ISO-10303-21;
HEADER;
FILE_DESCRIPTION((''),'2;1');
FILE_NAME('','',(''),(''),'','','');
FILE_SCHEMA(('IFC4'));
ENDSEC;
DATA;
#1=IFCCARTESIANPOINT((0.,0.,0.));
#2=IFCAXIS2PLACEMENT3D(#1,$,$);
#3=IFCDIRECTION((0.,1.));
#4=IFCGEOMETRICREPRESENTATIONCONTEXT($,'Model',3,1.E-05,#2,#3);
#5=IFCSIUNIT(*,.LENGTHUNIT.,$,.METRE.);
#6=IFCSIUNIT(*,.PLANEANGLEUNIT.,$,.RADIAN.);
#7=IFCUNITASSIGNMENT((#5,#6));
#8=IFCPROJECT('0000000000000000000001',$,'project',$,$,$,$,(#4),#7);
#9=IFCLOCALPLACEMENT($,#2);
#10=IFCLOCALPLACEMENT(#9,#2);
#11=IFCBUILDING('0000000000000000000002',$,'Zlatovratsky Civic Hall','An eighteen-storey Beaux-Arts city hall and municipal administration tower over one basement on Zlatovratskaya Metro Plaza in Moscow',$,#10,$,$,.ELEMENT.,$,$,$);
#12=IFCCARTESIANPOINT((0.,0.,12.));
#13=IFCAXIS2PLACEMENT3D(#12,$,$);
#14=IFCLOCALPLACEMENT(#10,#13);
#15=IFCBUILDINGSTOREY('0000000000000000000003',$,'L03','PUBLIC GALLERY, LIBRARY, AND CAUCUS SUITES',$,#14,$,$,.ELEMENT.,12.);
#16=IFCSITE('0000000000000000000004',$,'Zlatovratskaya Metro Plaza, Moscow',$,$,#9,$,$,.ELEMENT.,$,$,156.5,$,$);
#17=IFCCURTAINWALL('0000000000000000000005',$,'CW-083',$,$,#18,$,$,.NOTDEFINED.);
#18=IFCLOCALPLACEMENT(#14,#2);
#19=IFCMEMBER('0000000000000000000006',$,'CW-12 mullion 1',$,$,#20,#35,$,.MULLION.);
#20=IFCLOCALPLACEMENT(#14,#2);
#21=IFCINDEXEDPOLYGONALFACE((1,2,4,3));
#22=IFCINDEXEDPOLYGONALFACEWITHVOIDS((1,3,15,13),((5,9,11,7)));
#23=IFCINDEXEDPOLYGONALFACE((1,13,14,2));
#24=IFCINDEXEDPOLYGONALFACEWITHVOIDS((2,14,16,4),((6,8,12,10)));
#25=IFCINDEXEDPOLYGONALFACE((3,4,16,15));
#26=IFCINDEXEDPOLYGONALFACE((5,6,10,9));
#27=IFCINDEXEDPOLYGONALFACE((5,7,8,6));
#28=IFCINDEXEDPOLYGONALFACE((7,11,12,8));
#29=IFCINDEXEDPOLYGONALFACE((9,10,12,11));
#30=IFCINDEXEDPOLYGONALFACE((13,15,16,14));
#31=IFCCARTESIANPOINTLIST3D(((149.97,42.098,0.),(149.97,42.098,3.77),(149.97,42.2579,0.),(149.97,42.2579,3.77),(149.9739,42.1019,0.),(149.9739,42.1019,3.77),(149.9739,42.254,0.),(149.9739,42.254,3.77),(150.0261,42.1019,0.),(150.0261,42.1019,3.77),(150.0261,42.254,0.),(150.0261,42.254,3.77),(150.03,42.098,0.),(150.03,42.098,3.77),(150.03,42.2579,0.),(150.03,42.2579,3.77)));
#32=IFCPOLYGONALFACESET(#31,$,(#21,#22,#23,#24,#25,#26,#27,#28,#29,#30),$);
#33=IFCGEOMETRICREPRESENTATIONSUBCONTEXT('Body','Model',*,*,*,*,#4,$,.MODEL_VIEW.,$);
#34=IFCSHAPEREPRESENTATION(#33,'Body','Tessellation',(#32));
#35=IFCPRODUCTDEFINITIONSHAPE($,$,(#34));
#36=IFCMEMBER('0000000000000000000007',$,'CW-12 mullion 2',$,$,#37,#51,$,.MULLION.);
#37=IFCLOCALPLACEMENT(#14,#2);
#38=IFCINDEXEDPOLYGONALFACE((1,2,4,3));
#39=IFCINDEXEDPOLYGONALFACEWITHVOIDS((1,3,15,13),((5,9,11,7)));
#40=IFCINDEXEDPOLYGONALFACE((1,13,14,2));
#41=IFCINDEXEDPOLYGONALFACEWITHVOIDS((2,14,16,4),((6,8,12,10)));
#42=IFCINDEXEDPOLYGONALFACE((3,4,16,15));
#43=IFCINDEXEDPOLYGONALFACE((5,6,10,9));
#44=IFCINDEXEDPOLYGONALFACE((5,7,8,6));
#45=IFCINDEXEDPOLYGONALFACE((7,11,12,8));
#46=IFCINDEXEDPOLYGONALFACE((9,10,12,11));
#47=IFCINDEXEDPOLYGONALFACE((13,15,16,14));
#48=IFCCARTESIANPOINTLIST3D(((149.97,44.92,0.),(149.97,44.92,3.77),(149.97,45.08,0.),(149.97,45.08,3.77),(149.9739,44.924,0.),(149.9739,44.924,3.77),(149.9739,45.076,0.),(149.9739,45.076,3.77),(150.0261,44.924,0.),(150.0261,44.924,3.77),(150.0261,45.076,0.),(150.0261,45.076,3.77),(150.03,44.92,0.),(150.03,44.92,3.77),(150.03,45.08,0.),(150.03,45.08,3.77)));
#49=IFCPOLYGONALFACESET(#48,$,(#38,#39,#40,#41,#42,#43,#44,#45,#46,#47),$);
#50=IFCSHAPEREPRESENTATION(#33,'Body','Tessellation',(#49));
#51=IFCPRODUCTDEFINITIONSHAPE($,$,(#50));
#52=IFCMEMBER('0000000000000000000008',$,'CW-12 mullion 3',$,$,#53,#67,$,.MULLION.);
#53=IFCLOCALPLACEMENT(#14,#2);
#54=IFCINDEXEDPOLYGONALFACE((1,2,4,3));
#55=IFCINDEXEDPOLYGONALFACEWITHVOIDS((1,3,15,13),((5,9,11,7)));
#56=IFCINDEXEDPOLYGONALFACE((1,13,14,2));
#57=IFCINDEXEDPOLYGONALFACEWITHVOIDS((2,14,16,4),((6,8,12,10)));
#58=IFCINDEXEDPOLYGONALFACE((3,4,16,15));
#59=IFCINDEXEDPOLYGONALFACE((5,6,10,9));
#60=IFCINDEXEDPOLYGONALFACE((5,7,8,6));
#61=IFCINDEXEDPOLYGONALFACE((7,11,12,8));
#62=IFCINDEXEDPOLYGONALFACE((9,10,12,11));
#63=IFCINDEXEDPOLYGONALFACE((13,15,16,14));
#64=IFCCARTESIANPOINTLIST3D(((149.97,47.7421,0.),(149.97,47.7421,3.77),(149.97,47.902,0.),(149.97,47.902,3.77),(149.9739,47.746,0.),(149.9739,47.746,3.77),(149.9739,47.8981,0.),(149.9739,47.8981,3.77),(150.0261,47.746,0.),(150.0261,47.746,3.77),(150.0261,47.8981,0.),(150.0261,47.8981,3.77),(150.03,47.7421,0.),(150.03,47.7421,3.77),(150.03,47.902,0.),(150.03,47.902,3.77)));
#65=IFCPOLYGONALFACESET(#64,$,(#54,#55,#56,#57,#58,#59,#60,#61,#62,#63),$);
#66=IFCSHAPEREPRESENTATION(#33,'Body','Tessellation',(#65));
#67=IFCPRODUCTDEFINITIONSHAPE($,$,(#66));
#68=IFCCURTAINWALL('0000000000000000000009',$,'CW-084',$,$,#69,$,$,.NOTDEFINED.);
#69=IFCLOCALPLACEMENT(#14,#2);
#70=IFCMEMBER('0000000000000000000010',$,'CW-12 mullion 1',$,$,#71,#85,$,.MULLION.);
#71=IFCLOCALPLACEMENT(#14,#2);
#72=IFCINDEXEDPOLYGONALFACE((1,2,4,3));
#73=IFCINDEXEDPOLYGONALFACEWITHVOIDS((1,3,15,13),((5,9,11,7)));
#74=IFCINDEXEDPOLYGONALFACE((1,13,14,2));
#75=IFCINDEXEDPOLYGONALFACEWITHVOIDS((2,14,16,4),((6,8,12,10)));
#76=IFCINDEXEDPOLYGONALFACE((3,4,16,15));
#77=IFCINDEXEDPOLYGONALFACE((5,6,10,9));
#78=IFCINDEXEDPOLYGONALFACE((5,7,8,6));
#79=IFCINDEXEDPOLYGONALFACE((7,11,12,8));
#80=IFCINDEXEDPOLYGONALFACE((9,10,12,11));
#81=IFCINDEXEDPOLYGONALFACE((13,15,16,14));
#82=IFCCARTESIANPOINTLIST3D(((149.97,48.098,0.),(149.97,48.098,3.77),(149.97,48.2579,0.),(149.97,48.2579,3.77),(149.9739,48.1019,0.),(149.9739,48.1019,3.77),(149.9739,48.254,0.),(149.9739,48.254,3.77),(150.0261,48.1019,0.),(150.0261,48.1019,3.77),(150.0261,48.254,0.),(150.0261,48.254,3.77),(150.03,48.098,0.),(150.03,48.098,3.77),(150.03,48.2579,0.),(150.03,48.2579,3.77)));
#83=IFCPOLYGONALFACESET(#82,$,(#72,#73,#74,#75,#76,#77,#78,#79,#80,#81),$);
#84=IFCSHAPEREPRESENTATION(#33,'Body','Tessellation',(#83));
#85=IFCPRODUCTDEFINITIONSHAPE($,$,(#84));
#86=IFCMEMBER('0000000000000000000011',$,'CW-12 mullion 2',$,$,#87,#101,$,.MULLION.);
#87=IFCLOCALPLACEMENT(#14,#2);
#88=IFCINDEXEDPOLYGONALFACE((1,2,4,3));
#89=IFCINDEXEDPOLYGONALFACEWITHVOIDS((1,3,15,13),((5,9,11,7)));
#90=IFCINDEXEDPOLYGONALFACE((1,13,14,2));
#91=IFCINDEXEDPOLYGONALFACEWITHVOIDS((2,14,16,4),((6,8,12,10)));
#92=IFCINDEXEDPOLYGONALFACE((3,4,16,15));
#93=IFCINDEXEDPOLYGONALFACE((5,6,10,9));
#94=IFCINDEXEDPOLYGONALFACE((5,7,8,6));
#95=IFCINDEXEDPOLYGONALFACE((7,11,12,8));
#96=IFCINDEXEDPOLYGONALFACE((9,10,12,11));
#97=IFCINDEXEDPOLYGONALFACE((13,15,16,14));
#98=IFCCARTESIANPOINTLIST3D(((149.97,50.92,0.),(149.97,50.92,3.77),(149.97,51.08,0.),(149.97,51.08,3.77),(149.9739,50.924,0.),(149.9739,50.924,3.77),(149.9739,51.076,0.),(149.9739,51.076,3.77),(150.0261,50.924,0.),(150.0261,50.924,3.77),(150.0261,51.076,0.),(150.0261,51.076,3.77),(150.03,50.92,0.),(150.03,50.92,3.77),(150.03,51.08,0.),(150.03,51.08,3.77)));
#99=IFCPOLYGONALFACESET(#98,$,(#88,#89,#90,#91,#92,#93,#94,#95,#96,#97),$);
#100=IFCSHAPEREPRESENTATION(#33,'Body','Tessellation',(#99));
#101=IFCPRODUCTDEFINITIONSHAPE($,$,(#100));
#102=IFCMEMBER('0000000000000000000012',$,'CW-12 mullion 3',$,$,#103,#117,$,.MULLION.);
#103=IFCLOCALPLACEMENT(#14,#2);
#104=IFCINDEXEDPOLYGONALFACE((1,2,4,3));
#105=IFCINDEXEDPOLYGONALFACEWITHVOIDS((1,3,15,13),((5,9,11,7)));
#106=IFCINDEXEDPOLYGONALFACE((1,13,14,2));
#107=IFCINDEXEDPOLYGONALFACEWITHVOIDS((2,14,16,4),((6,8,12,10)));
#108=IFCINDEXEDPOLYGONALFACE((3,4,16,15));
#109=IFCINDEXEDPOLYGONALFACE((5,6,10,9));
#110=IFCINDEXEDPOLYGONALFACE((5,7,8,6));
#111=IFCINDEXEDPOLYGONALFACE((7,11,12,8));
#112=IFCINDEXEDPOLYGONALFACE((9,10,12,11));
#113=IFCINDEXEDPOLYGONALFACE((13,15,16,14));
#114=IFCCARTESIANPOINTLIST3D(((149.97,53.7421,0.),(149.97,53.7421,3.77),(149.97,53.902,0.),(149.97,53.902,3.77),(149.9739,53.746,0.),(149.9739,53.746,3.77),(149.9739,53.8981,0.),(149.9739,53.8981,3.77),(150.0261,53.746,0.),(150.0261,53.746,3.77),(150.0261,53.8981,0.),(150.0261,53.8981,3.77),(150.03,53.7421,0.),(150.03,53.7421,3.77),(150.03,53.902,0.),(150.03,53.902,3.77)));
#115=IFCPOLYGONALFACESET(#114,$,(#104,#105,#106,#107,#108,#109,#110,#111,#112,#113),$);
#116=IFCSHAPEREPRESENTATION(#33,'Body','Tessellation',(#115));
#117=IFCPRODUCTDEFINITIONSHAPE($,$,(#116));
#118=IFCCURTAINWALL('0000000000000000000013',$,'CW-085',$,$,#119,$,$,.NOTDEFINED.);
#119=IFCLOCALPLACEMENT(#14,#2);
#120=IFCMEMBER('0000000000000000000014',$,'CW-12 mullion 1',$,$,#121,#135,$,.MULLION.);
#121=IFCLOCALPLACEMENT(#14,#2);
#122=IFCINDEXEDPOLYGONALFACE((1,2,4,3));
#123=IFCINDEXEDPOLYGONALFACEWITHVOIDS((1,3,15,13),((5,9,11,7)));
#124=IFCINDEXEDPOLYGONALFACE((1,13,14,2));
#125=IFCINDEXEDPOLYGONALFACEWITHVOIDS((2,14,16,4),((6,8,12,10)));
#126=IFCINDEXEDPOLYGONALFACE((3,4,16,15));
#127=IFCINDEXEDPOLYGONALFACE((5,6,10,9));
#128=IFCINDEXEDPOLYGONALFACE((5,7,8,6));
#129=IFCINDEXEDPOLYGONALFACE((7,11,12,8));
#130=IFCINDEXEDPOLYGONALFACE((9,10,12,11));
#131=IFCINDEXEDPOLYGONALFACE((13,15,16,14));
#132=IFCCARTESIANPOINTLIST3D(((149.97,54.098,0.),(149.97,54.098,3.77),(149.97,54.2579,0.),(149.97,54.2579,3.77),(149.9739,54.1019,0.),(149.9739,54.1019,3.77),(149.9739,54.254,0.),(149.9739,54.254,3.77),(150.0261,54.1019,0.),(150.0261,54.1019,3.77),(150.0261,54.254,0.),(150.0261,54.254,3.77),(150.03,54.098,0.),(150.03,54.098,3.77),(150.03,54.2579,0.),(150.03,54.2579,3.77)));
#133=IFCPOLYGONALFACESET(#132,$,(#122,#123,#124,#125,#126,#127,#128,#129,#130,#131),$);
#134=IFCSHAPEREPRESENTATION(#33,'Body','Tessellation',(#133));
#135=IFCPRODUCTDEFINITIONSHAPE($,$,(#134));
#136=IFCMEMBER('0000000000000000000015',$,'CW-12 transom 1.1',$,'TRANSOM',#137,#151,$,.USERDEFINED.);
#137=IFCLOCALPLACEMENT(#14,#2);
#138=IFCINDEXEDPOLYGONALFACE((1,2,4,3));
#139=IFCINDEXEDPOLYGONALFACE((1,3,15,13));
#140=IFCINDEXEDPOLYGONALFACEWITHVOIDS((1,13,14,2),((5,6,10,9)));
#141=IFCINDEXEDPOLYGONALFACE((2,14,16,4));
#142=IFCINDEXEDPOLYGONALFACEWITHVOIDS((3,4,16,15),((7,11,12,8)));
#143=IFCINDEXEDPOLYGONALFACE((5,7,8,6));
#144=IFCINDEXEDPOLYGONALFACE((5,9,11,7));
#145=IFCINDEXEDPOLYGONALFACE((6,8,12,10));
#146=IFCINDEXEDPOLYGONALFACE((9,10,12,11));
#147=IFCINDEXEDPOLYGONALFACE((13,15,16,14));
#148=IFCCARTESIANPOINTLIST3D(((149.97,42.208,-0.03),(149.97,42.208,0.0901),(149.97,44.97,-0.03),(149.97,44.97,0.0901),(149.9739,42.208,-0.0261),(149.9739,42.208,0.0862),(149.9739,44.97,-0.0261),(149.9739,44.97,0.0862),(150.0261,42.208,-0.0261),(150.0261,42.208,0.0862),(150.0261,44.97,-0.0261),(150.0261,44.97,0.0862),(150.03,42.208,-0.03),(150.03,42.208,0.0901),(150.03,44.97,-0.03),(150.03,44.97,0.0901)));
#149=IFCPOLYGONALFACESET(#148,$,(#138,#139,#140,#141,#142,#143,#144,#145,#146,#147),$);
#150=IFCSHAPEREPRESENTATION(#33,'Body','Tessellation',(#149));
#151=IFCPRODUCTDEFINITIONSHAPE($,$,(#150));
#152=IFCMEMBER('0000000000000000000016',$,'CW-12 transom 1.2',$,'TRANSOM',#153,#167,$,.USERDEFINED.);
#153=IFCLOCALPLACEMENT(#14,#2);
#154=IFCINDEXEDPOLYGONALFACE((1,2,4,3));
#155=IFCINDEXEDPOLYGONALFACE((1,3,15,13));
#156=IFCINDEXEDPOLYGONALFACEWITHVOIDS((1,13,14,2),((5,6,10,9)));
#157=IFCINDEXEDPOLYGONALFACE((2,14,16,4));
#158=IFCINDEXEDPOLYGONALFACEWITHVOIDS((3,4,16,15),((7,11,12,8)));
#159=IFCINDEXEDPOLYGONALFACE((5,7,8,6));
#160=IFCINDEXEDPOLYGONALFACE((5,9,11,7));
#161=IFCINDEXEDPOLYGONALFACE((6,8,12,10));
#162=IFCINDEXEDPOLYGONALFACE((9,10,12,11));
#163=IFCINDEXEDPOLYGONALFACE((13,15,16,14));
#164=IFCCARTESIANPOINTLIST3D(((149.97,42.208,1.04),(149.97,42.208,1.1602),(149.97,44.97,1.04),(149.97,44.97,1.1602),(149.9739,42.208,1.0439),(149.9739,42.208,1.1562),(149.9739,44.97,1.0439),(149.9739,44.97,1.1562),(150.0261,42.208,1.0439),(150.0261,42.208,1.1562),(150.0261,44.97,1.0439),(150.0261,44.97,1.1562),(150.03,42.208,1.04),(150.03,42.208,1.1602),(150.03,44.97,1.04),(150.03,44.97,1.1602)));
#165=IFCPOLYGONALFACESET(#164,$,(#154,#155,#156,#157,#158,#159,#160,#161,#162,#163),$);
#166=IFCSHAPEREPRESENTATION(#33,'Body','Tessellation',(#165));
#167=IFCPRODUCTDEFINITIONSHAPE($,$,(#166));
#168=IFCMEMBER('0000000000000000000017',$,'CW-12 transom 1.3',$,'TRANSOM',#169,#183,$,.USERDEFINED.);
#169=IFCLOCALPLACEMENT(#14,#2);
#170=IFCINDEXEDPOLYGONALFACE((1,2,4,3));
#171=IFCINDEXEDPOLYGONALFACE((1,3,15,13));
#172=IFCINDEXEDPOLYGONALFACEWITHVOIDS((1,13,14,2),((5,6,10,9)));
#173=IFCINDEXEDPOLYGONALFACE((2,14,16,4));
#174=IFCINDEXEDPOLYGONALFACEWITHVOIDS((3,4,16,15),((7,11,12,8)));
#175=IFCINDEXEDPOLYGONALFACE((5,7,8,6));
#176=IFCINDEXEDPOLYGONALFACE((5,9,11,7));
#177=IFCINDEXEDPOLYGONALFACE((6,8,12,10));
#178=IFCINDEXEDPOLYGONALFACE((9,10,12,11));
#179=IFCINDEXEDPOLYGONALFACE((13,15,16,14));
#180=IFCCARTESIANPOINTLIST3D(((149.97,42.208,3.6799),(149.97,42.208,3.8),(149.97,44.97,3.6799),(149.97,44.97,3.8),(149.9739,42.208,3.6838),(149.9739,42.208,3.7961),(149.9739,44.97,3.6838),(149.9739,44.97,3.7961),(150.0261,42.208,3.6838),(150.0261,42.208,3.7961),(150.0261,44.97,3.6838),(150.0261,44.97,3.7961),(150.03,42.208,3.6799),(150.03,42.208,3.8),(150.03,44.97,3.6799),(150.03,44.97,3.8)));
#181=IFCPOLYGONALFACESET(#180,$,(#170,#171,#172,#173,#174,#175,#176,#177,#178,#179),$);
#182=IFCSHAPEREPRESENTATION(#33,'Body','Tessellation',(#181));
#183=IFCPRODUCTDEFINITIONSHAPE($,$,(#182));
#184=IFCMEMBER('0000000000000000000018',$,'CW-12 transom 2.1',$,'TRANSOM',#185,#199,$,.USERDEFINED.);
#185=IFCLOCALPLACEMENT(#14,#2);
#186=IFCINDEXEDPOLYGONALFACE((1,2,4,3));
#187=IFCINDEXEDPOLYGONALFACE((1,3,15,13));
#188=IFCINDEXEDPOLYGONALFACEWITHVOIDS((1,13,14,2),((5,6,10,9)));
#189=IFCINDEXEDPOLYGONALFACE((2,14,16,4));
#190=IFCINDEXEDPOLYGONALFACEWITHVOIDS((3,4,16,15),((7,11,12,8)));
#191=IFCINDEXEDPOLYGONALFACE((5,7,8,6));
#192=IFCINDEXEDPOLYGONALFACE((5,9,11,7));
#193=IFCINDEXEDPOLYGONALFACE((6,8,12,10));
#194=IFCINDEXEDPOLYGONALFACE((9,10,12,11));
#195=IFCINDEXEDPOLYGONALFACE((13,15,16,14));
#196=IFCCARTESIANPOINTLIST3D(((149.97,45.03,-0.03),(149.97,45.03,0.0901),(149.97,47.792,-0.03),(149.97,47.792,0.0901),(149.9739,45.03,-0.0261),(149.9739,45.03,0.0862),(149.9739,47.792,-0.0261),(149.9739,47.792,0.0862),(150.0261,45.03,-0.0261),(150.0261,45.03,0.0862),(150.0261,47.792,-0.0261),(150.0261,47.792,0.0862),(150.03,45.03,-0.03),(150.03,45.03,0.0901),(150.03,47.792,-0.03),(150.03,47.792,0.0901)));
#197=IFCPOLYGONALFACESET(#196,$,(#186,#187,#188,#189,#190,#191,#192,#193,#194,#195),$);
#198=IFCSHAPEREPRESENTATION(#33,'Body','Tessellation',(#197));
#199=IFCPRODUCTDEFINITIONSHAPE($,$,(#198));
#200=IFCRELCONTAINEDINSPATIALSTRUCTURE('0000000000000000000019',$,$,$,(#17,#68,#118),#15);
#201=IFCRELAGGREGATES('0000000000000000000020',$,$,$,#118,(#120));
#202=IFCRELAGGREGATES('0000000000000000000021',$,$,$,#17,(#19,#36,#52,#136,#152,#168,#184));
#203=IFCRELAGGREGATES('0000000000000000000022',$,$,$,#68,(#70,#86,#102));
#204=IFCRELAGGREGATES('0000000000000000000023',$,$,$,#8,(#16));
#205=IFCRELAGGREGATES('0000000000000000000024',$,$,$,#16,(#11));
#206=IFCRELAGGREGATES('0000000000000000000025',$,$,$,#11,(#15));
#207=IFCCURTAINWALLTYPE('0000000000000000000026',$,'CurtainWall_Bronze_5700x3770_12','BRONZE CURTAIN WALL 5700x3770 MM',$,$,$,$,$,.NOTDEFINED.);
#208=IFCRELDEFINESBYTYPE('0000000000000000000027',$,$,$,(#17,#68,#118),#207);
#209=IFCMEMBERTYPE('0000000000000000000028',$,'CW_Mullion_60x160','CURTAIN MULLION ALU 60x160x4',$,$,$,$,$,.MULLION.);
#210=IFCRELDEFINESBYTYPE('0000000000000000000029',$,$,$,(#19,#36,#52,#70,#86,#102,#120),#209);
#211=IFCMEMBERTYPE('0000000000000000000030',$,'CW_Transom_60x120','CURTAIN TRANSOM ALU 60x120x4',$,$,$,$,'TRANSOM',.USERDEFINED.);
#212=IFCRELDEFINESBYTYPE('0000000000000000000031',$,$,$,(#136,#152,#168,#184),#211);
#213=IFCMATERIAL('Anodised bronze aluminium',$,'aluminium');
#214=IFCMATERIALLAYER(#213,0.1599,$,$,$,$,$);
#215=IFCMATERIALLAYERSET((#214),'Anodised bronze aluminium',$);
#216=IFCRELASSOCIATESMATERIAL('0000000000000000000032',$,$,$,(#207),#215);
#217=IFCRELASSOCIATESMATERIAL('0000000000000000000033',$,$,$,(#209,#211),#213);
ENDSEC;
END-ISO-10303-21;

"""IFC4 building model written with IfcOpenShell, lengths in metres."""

from ifc_helpers import new_model, si_unit, direction, frame, origin, origin_2d, place, context, subcontext, project, spatial, hollow_rectangle, extrude, material, layer, layer_set, material_profile, profile_set, type_object, element, aggregate, save


model = new_model("IFC4")

# Units and contexts
model_context = context("Model", 3, precision=1e-05, world=origin(), true_north=direction((0.0, 1.0)))
body_context = subcontext(model_context, "Body", "Model", "MODEL_VIEW")
ifc_project = project(units=[si_unit("LENGTHUNIT", "METRE"), si_unit("PLANEANGLEUNIT", "RADIAN")], contexts=[model_context])

# Site, building, storey
site_placement = place(None, origin())
site = spatial("IfcSite", under=ifc_project, at=site_placement, Name="Zlatovratskaya Metro Plaza, Moscow", CompositionType="ELEMENT", RefElevation=156.5)
building_placement = place(site_placement, origin())
building = spatial("IfcBuilding", under=site, at=building_placement, Name="Zlatovratsky Civic Hall", Description="An eighteen-storey Beaux-Arts city hall and municipal administration tower over one basement on Zlatovratskaya Metro Plaza in Moscow", CompositionType="ELEMENT")
storey_placement = place(building_placement, frame((0.0, 0.0, 12.0)))
storey = spatial("IfcBuildingStorey", under=building, at=storey_placement, Name="L03", Description="PUBLIC GALLERY, LIBRARY, AND CAUCUS SUITES", CompositionType="ELEMENT", Elevation=12.0)

# Curtain walls, members
ifc_material_1 = material(Name="Anodised bronze aluminium", Category="aluminium")
ifc_layer_1 = layer(ifc_material_1, 0.1599)
ifc_layer_set_1 = layer_set([ifc_layer_1], Name="Anodised bronze aluminium")
curtain_wall_type = type_object("IfcCurtainWallType", Name="CurtainWall_Bronze_5700x3770_12", Description="BRONZE CURTAIN WALL 5700x3770 MM", PredefinedType="NOTDEFINED", material=ifc_layer_set_1)
curtain_wall_1_placement = place(storey_placement, origin())
curtain_wall_1 = element("IfcCurtainWall", 1, at=curtain_wall_1_placement, inside=storey, type_object=curtain_wall_type, Name="CW-083", PredefinedType="NOTDEFINED")
ifc_material_profile_1 = material_profile(ifc_material_1, hollow_rectangle(XDim=0.0601, YDim=0.1599, WallThickness=0.0039, at=origin_2d()), Name="ALU 60x160x4")
ifc_profile_set_1 = profile_set([ifc_material_profile_1], Name="Anodised bronze aluminium")
member_type_1 = type_object("IfcMemberType", Name="CW_Mullion_60x160", Description="CURTAIN MULLION ALU 60x160x4", PredefinedType="MULLION", material=ifc_profile_set_1)
member_1_placement = place(storey_placement, frame((150.0, 42.178, 0.0), z_axis=(0.0, 0.0, 1.0), x_axis=(-1.0, 0.0, 0.0)))
member_1 = element("IfcMember", 2, at=member_1_placement, type_object=member_type_1, Name="CW-12 mullion 1", PredefinedType="MULLION", context=body_context, shape_type="SweptSolid", body=[
    extrude(hollow_rectangle(XDim=0.0601, YDim=0.1599, WallThickness=0.0039, at=origin_2d()), origin(), (0.0, 0.0, 1.0), 3.77),
])
member_2_placement = place(storey_placement, frame((150.0, 45.0, 0.0), z_axis=(0.0, 0.0, 1.0), x_axis=(-1.0, 0.0, 0.0)))
member_2 = element("IfcMember", 3, at=member_2_placement, type_object=member_type_1, Name="CW-12 mullion 2", PredefinedType="MULLION", context=body_context, shape_type="SweptSolid", body=[
    extrude(hollow_rectangle(XDim=0.0601, YDim=0.1599, WallThickness=0.0039, at=origin_2d()), origin(), (0.0, 0.0, 1.0), 3.77),
])
member_3_placement = place(storey_placement, frame((150.0, 47.822, 0.0), z_axis=(0.0, 0.0, 1.0), x_axis=(-1.0, 0.0, 0.0)))
member_3 = element("IfcMember", 4, at=member_3_placement, type_object=member_type_1, Name="CW-12 mullion 3", PredefinedType="MULLION", context=body_context, shape_type="SweptSolid", body=[
    extrude(hollow_rectangle(XDim=0.0601, YDim=0.1599, WallThickness=0.0039, at=origin_2d()), origin(), (0.0, 0.0, 1.0), 3.77),
])
curtain_wall_2_placement = place(storey_placement, origin())
curtain_wall_2 = element("IfcCurtainWall", 5, at=curtain_wall_2_placement, inside=storey, type_object=curtain_wall_type, Name="CW-084", PredefinedType="NOTDEFINED")
member_4_placement = place(storey_placement, frame((150.0, 48.178, 0.0), z_axis=(0.0, 0.0, 1.0), x_axis=(-1.0, 0.0, 0.0)))
member_4 = element("IfcMember", 6, at=member_4_placement, type_object=member_type_1, Name="CW-12 mullion 1", PredefinedType="MULLION", context=body_context, shape_type="SweptSolid", body=[
    extrude(hollow_rectangle(XDim=0.0601, YDim=0.1599, WallThickness=0.0039, at=origin_2d()), origin(), (0.0, 0.0, 1.0), 3.77),
])
member_5_placement = place(storey_placement, frame((150.0, 51.0, 0.0), z_axis=(0.0, 0.0, 1.0), x_axis=(-1.0, 0.0, 0.0)))
member_5 = element("IfcMember", 7, at=member_5_placement, type_object=member_type_1, Name="CW-12 mullion 2", PredefinedType="MULLION", context=body_context, shape_type="SweptSolid", body=[
    extrude(hollow_rectangle(XDim=0.0601, YDim=0.1599, WallThickness=0.0039, at=origin_2d()), origin(), (0.0, 0.0, 1.0), 3.77),
])
member_6_placement = place(storey_placement, frame((150.0, 53.822, 0.0), z_axis=(0.0, 0.0, 1.0), x_axis=(-1.0, 0.0, 0.0)))
member_6 = element("IfcMember", 8, at=member_6_placement, type_object=member_type_1, Name="CW-12 mullion 3", PredefinedType="MULLION", context=body_context, shape_type="SweptSolid", body=[
    extrude(hollow_rectangle(XDim=0.0601, YDim=0.1599, WallThickness=0.0039, at=origin_2d()), origin(), (0.0, 0.0, 1.0), 3.77),
])

# Curtain wall, member
curtain_wall_3_placement = place(storey_placement, origin())
curtain_wall_3 = element("IfcCurtainWall", 9, at=curtain_wall_3_placement, inside=storey, type_object=curtain_wall_type, Name="CW-085", PredefinedType="NOTDEFINED")
member_7_placement = place(storey_placement, frame((150.0, 54.178, 0.0), z_axis=(0.0, 0.0, 1.0), x_axis=(-1.0, 0.0, 0.0)))
member_7 = element("IfcMember", 10, at=member_7_placement, type_object=member_type_1, Name="CW-12 mullion 1", PredefinedType="MULLION", context=body_context, shape_type="SweptSolid", body=[
    extrude(hollow_rectangle(XDim=0.0601, YDim=0.1599, WallThickness=0.0039, at=origin_2d()), origin(), (0.0, 0.0, 1.0), 3.77),
])
aggregate(curtain_wall_3, [member_7])

# Members
ifc_material_profile_2 = material_profile(ifc_material_1, hollow_rectangle(XDim=0.0601, YDim=0.1201, WallThickness=0.0039, at=origin_2d()), Name="ALU 60x120x4")
ifc_profile_set_2 = profile_set([ifc_material_profile_2], Name="Anodised bronze aluminium")
member_type_2 = type_object("IfcMemberType", Name="CW_Transom_60x120", Description="CURTAIN TRANSOM ALU 60x120x4", ElementType="TRANSOM", PredefinedType="USERDEFINED", material=ifc_profile_set_2)
member_8_placement = place(storey_placement, frame((150.0, 42.208, 0.03), z_axis=(0.0, 1.0, 0.0), x_axis=(-1.0, 0.0, 0.0)))
member_8 = element("IfcMember", 11, at=member_8_placement, type_object=member_type_2, Name="CW-12 transom 1.1", ObjectType="TRANSOM", PredefinedType="USERDEFINED", context=body_context, shape_type="SweptSolid", body=[
    extrude(hollow_rectangle(XDim=0.0601, YDim=0.1201, WallThickness=0.0039, at=origin_2d()), origin(), (0.0, 0.0, 1.0), 2.762),
])
member_9_placement = place(storey_placement, frame((150.0, 42.208, 1.1001), z_axis=(0.0, 1.0, 0.0), x_axis=(-1.0, 0.0, 0.0)))
member_9 = element("IfcMember", 12, at=member_9_placement, type_object=member_type_2, Name="CW-12 transom 1.2", ObjectType="TRANSOM", PredefinedType="USERDEFINED", context=body_context, shape_type="SweptSolid", body=[
    extrude(hollow_rectangle(XDim=0.0601, YDim=0.1201, WallThickness=0.0039, at=origin_2d()), origin(), (0.0, 0.0, 1.0), 2.762),
])
member_10_placement = place(storey_placement, frame((150.0, 42.208, 3.74), z_axis=(0.0, 1.0, 0.0), x_axis=(-1.0, 0.0, 0.0)))
member_10 = element("IfcMember", 13, at=member_10_placement, type_object=member_type_2, Name="CW-12 transom 1.3", ObjectType="TRANSOM", PredefinedType="USERDEFINED", context=body_context, shape_type="SweptSolid", body=[
    extrude(hollow_rectangle(XDim=0.0601, YDim=0.1201, WallThickness=0.0039, at=origin_2d()), origin(), (0.0, 0.0, 1.0), 2.762),
])
member_11_placement = place(storey_placement, frame((150.0, 45.03, 0.03), z_axis=(0.0, 1.0, 0.0), x_axis=(-1.0, 0.0, 0.0)))
member_11 = element("IfcMember", 14, at=member_11_placement, type_object=member_type_2, Name="CW-12 transom 2.1", ObjectType="TRANSOM", PredefinedType="USERDEFINED", context=body_context, shape_type="SweptSolid", body=[
    extrude(hollow_rectangle(XDim=0.0601, YDim=0.1201, WallThickness=0.0039, at=origin_2d()), origin(), (0.0, 0.0, 1.0), 2.762),
])

aggregate(curtain_wall_1, [member_1, member_2, member_3, member_8, member_9, member_10, member_11])
aggregate(curtain_wall_2, [member_4, member_5, member_6])

save(model, "model.ifc")
